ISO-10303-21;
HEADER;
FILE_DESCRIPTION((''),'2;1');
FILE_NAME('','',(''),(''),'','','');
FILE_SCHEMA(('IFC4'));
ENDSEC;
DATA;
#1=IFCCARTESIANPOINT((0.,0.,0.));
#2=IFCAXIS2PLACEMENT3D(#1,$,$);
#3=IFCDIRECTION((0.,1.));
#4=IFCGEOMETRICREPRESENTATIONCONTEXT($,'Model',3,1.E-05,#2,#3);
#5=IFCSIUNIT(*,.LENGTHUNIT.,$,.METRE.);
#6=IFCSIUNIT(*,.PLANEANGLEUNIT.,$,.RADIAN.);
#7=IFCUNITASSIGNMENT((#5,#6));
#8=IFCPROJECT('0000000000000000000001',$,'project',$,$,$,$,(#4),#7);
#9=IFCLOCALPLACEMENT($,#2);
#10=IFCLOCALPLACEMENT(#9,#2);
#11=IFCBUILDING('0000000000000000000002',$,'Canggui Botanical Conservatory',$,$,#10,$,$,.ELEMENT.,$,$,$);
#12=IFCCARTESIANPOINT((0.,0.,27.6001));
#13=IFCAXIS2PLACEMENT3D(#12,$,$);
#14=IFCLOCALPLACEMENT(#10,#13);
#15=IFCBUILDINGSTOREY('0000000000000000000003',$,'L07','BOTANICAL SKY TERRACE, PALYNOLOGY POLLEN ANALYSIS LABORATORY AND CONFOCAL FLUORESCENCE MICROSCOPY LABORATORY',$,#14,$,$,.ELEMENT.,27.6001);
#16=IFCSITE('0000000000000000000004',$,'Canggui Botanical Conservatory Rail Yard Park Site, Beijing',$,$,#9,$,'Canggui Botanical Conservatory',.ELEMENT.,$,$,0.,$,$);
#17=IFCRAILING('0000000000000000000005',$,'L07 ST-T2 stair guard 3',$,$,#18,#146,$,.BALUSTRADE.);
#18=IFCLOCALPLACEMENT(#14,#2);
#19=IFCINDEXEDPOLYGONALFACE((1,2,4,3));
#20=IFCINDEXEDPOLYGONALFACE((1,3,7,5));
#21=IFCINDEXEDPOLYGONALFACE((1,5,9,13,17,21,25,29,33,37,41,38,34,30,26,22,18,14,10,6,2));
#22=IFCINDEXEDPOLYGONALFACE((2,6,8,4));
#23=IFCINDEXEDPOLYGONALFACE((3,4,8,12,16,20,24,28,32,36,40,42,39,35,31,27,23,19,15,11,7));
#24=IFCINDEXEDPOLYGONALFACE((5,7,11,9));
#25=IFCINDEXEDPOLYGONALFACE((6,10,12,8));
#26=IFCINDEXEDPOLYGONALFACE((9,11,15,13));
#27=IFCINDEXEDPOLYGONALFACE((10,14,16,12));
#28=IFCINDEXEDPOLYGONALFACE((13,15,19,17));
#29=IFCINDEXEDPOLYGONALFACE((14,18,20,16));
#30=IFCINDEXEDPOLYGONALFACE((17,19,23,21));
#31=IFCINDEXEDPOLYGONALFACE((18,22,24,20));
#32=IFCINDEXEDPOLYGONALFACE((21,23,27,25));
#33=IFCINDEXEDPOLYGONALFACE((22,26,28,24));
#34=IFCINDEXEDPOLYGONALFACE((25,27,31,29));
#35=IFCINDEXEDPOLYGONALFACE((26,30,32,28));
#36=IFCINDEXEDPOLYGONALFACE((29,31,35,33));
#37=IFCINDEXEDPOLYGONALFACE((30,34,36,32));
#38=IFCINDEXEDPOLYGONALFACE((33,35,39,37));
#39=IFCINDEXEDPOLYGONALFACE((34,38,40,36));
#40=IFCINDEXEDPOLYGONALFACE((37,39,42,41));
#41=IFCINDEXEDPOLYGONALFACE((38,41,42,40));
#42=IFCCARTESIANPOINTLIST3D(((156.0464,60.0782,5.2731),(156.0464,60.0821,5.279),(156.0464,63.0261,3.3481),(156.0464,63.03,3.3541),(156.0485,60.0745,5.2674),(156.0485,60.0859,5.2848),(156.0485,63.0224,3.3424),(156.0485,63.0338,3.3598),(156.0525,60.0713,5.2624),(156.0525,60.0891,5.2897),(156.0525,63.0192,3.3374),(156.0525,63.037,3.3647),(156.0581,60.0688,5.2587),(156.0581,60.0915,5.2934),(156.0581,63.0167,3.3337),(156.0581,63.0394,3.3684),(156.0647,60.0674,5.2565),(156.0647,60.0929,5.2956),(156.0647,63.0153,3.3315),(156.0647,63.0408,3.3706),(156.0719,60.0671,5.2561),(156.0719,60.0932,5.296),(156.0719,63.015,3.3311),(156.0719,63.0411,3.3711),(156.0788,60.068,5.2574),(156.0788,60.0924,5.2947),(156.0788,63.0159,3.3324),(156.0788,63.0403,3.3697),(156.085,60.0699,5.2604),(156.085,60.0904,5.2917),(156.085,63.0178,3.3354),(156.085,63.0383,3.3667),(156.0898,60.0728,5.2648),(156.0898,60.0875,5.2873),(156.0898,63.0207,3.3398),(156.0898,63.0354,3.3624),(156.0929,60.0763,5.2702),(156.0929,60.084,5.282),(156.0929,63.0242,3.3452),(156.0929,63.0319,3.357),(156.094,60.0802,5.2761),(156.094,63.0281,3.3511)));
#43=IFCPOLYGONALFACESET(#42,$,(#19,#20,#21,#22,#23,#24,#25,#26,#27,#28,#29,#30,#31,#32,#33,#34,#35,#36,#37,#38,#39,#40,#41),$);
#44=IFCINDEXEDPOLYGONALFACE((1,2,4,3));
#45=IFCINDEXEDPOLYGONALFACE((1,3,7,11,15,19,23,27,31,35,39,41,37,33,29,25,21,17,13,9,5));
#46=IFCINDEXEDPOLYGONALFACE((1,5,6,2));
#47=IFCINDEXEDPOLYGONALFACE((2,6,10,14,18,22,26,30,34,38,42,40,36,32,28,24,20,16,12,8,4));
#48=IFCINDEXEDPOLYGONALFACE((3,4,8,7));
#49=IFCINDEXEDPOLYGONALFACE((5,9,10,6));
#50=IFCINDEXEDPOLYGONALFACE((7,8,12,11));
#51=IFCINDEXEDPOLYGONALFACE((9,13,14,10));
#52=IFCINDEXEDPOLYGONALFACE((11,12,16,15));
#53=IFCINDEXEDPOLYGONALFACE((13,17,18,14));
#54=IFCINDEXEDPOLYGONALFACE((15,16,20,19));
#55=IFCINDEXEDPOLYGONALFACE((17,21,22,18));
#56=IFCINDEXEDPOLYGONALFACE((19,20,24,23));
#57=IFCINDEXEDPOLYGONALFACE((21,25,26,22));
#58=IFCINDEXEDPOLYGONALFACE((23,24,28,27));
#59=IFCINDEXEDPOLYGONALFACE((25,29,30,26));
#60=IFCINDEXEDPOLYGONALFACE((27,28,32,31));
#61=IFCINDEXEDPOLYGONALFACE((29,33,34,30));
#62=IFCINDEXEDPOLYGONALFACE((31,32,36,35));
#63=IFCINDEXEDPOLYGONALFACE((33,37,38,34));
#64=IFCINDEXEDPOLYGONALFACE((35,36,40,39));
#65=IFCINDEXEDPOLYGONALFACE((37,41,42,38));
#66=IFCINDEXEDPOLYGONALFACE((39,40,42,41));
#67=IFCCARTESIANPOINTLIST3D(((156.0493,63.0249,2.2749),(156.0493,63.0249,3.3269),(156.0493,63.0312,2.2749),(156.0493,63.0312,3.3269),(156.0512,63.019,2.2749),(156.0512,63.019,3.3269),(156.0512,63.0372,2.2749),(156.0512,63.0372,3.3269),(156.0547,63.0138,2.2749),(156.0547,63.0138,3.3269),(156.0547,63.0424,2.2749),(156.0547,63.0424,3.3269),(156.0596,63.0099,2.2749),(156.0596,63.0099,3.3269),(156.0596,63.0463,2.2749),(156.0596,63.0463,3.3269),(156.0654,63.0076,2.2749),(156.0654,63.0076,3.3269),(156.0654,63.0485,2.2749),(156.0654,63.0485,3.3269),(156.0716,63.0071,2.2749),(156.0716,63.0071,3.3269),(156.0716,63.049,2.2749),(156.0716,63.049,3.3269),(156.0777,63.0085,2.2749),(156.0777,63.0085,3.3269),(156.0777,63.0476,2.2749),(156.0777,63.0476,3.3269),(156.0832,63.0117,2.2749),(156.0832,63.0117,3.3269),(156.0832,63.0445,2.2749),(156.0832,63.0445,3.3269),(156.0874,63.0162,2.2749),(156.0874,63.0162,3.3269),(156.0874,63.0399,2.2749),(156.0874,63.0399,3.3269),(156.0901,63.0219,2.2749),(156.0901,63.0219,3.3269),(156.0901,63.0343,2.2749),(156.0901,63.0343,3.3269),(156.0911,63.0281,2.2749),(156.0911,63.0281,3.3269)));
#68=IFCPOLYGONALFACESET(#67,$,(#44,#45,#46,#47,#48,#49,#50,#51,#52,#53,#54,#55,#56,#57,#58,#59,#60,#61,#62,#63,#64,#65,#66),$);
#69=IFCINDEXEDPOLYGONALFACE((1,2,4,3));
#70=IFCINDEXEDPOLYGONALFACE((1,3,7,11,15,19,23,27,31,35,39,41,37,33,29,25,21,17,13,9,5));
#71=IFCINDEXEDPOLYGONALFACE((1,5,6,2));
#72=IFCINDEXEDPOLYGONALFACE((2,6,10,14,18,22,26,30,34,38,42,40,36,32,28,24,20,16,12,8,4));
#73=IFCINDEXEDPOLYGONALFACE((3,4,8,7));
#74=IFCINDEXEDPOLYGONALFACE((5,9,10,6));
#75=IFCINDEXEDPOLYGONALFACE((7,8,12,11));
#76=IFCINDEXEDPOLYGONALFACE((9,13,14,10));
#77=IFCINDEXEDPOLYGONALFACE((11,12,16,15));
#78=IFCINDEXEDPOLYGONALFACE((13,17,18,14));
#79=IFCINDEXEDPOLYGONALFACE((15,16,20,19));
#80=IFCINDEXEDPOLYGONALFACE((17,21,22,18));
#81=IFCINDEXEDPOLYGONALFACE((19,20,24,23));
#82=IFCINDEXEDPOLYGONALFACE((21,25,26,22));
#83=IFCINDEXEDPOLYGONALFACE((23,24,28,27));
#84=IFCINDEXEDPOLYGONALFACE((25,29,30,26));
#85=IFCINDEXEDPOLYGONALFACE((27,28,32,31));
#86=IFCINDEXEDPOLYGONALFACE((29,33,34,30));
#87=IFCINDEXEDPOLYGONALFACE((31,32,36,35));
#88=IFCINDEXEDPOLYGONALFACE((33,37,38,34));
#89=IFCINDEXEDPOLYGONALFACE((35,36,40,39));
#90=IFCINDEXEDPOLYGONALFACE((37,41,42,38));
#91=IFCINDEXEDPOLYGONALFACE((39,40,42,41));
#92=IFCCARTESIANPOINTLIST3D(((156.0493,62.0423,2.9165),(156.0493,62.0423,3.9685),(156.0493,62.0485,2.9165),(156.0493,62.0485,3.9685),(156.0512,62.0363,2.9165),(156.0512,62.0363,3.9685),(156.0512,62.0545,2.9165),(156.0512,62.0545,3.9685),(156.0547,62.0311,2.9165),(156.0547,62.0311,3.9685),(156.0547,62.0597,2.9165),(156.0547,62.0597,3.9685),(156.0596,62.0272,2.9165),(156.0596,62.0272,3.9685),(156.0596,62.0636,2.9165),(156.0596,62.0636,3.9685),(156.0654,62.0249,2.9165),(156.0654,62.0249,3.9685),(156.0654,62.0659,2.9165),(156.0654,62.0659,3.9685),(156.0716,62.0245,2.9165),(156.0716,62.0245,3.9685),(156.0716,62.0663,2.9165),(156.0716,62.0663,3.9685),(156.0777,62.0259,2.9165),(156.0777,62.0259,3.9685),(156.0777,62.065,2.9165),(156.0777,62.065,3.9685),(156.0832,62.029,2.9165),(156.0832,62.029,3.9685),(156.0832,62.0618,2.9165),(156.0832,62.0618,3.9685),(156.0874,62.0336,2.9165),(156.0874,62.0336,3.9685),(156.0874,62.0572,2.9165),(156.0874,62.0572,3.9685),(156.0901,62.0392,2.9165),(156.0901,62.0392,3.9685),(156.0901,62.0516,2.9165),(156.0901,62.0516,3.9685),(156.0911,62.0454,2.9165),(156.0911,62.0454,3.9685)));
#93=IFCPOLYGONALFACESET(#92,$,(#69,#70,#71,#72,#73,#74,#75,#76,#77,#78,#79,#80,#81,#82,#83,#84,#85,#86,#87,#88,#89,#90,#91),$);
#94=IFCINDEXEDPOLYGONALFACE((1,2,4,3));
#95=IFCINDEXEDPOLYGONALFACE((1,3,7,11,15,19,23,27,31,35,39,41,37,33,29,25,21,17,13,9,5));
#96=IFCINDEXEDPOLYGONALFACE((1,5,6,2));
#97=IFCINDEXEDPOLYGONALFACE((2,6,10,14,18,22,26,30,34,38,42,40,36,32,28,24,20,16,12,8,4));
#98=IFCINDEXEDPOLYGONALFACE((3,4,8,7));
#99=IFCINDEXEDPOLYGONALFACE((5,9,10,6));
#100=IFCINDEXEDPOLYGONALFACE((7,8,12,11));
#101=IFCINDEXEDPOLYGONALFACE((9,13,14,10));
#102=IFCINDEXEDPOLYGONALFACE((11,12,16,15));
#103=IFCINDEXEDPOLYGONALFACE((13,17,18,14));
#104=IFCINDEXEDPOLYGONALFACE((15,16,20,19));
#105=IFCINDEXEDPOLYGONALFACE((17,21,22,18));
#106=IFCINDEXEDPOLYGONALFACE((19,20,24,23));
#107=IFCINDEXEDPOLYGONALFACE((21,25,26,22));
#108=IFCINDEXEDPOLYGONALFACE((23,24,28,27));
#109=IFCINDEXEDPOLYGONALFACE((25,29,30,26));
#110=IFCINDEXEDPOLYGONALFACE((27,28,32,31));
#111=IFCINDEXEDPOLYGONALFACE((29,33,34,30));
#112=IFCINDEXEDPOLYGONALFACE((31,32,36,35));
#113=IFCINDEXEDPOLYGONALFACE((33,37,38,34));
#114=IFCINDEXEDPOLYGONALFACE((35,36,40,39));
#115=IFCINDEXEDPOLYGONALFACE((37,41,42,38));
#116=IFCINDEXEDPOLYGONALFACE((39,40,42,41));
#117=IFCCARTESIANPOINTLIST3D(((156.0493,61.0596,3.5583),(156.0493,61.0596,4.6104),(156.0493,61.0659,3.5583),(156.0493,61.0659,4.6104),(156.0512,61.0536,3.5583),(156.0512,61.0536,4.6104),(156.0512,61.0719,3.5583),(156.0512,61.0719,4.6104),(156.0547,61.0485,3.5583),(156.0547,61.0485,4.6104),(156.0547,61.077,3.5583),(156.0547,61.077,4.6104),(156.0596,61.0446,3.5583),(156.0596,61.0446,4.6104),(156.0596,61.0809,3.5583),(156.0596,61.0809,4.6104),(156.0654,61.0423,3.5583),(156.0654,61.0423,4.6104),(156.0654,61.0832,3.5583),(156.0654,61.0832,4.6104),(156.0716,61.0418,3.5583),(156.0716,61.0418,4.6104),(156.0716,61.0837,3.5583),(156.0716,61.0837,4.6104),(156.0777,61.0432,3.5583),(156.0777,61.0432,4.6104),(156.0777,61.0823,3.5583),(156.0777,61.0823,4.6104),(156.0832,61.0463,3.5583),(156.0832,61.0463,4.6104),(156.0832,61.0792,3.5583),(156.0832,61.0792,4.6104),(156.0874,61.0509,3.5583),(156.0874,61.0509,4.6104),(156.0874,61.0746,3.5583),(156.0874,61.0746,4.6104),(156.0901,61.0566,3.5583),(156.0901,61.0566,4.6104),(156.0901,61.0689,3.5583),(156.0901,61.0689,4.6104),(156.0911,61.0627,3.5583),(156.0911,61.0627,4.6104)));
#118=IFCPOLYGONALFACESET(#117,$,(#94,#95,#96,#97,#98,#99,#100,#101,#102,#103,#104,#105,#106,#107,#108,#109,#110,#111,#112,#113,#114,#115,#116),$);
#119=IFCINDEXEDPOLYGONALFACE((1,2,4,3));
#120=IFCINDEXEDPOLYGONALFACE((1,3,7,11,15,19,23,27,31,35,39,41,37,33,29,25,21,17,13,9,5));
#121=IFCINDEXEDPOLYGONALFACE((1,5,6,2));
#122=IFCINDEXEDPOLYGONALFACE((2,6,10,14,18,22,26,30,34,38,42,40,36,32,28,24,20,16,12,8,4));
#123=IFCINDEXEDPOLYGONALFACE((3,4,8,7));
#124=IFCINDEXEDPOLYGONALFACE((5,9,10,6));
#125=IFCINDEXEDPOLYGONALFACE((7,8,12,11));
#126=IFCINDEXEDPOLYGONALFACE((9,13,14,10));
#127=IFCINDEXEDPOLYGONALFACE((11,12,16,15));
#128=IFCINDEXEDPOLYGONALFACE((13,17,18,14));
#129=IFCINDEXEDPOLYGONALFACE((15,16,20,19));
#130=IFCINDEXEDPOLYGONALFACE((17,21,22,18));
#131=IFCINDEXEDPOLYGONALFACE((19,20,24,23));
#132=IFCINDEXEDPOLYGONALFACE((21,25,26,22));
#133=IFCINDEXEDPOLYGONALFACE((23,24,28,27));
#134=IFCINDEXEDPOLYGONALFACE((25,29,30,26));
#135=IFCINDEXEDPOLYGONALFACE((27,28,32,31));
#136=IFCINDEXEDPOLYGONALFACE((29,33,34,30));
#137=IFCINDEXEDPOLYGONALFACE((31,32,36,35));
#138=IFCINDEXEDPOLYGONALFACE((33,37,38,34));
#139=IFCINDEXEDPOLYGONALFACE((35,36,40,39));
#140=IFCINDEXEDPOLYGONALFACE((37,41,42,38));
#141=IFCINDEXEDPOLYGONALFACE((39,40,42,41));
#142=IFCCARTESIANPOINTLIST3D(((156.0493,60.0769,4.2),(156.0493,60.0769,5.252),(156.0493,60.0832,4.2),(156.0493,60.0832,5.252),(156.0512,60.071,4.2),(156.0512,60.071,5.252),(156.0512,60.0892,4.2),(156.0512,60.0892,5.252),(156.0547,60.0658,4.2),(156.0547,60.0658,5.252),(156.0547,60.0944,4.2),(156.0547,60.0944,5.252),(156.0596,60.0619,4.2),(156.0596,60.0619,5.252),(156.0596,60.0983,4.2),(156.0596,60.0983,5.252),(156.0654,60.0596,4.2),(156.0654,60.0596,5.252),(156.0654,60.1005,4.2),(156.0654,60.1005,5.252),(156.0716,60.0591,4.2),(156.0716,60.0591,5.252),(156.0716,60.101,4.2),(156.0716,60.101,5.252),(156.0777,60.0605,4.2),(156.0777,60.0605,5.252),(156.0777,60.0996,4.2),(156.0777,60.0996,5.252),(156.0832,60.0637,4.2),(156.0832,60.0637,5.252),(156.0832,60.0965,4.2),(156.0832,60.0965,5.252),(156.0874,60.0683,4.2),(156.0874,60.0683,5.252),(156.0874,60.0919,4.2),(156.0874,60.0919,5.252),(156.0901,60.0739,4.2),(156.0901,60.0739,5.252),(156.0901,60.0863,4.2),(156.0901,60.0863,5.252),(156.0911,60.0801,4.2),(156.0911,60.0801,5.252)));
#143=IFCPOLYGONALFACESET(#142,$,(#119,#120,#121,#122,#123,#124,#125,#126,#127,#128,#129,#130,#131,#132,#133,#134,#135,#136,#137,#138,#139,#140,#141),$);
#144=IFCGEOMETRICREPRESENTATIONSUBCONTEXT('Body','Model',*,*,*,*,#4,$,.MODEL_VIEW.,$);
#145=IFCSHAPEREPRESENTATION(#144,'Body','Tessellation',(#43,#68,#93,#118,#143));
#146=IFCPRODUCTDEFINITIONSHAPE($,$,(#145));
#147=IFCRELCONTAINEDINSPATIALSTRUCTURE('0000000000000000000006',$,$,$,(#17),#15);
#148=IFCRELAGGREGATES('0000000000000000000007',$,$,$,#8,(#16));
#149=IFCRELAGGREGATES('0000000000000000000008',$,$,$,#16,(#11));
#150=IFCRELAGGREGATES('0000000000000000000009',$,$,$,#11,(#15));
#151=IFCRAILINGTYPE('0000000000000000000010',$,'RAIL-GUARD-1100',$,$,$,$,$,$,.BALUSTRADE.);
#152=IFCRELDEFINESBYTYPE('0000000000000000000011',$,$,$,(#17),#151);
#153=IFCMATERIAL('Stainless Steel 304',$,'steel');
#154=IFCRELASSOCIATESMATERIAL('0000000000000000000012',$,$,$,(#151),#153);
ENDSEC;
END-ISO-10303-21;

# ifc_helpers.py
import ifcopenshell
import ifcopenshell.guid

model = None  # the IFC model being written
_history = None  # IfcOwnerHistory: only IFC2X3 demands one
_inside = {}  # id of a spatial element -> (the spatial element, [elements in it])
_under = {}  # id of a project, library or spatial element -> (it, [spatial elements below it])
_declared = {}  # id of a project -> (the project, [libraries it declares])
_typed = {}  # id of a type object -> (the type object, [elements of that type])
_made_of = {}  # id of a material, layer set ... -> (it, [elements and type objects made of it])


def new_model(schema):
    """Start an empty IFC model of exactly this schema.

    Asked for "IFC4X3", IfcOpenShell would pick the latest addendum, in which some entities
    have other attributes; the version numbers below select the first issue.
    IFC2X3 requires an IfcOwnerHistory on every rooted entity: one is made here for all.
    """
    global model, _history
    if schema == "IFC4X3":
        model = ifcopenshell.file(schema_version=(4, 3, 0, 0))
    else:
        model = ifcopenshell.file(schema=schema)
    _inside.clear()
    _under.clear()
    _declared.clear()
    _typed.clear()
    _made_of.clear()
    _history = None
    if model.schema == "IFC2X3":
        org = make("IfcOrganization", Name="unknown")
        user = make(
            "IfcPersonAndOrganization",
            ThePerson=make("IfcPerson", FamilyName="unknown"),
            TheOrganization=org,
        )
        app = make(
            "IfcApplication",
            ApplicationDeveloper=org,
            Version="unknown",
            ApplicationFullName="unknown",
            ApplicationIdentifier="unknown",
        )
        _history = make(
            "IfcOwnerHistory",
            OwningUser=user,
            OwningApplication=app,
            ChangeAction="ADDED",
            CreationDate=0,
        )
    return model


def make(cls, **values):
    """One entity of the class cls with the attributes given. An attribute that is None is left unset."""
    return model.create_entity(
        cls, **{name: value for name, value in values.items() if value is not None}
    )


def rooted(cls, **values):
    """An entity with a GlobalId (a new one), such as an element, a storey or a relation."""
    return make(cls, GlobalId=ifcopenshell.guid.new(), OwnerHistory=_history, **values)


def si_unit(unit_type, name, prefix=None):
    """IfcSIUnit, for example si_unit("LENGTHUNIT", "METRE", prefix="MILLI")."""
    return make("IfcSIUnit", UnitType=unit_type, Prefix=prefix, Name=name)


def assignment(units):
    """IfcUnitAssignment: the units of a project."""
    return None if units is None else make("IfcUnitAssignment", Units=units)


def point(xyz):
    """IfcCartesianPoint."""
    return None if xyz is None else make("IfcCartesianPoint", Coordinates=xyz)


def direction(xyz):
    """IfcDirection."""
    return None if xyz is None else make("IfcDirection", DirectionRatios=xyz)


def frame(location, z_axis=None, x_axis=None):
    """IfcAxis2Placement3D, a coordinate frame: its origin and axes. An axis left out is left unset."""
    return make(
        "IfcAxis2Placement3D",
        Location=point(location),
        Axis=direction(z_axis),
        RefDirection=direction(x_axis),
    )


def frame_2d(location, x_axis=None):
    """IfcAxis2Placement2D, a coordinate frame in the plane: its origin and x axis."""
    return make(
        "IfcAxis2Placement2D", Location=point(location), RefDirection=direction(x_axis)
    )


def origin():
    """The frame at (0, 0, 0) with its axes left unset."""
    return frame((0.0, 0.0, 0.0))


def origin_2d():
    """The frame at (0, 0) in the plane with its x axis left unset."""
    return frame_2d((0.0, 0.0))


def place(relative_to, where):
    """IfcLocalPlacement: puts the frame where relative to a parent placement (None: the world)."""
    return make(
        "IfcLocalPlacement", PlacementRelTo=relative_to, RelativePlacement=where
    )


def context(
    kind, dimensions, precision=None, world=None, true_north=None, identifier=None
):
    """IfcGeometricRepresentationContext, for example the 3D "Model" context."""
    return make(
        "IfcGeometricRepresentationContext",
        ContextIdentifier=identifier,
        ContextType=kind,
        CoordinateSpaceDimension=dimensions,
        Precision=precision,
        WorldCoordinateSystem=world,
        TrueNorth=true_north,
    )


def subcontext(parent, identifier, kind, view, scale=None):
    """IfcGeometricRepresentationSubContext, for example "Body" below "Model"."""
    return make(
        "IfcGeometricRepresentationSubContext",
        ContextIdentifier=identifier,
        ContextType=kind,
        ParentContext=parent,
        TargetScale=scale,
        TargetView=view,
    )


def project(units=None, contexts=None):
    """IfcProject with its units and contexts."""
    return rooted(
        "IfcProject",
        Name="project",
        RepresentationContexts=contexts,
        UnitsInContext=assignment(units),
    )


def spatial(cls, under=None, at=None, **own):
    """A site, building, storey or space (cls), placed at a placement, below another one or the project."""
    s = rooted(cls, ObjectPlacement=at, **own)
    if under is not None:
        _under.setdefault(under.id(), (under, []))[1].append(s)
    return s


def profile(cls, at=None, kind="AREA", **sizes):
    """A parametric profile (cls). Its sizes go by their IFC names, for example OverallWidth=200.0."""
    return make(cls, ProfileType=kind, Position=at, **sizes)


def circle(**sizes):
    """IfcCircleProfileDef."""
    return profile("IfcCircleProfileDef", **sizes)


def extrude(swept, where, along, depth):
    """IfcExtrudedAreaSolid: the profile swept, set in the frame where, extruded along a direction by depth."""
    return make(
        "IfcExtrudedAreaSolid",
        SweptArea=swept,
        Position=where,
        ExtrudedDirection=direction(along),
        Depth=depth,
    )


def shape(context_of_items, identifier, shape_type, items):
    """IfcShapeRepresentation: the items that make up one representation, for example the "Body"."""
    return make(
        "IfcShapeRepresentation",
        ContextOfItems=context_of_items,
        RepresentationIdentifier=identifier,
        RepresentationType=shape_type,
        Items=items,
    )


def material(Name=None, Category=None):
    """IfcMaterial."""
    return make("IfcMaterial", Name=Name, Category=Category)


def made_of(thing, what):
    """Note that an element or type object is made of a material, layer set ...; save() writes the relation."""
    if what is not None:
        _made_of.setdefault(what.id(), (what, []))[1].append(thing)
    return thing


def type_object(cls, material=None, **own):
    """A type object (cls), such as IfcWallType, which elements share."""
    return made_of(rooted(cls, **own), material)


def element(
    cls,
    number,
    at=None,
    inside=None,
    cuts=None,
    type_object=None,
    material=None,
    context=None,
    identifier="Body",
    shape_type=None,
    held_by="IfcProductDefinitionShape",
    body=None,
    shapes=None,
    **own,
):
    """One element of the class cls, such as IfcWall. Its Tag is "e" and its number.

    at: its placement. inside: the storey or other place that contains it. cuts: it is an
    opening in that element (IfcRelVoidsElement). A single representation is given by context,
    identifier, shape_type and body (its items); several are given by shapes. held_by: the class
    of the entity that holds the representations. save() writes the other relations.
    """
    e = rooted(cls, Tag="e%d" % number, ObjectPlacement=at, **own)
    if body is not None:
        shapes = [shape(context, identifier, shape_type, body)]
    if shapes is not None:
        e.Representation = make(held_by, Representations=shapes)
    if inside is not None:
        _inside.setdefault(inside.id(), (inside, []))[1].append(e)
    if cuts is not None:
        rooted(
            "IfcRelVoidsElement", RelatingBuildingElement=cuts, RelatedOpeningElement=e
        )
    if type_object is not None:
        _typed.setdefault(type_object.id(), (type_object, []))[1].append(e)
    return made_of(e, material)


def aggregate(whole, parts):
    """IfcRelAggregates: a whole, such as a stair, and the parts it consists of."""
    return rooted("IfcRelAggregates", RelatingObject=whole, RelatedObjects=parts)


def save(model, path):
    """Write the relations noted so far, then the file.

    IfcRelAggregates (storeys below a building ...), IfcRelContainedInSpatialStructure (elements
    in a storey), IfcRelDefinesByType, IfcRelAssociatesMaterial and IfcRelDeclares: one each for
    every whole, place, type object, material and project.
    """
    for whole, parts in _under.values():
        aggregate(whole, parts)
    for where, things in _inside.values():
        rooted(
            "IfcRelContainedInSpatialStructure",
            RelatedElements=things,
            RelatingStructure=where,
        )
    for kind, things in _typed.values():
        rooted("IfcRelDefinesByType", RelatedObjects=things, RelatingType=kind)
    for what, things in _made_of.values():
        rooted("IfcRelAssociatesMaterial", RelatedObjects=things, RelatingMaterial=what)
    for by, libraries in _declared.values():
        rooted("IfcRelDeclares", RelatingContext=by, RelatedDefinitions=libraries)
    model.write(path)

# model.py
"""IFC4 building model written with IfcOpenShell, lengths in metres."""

from ifc_helpers import new_model, si_unit, direction, frame, origin, origin_2d, place, context, subcontext, project, spatial, circle, extrude, material, type_object, element, save


model = new_model("IFC4")

# Units and contexts
model_context = context("Model", 3, precision=1e-05, world=origin(), true_north=direction((0.0, 1.0)))
body_context = subcontext(model_context, "Body", "Model", "MODEL_VIEW")
ifc_project = project(units=[si_unit("LENGTHUNIT", "METRE"), si_unit("PLANEANGLEUNIT", "RADIAN")], contexts=[model_context])

# Site, building, storey
site_placement = place(None, origin())
site = spatial("IfcSite", under=ifc_project, at=site_placement, Name="Canggui Botanical Conservatory Rail Yard Park Site, Beijing", LongName="Canggui Botanical Conservatory", CompositionType="ELEMENT", RefElevation=0.0)
building_placement = place(site_placement, origin())
building = spatial("IfcBuilding", under=site, at=building_placement, Name="Canggui Botanical Conservatory", CompositionType="ELEMENT")
storey_placement = place(building_placement, frame((0.0, 0.0, 27.6001)))
storey = spatial("IfcBuildingStorey", under=building, at=storey_placement, Name="L07", Description="BOTANICAL SKY TERRACE, PALYNOLOGY POLLEN ANALYSIS LABORATORY AND CONFOCAL FLUORESCENCE MICROSCOPY LABORATORY", CompositionType="ELEMENT", Elevation=27.6001)

# Railing
ifc_material_1 = material(Name="Stainless Steel 304", Category="steel")
railing_type_1 = type_object("IfcRailingType", Name="RAIL-GUARD-1100", PredefinedType="BALUSTRADE", material=ifc_material_1)
railing_1_placement = place(storey_placement, frame((156.0701, 63.0281, 2.2749)))
element("IfcRailing", 1, at=railing_1_placement, inside=storey, type_object=railing_type_1, Name="L07 ST-T2 stair guard 3", PredefinedType="BALUSTRADE", context=body_context, shape_type="SweptSolid", body=[
    extrude(circle(Radius=0.0239, at=origin_2d()), frame((0.0, 0.0, 1.0762), z_axis=(0.0, -0.837293, 0.546754), x_axis=(1.0, 0.0, 0.0)), (0.0, 0.0, 1.0), 3.5208),
    extrude(circle(Radius=0.021, at=origin_2d()), origin(), (0.0, 0.0, 1.0), 1.052),
    extrude(circle(Radius=0.021, at=origin_2d()), frame((0.0, -0.9827, 0.6416)), (0.0, 0.0, 1.0), 1.052),
    extrude(circle(Radius=0.021, at=origin_2d()), frame((0.0, -1.9653, 1.2834)), (0.0, 0.0, 1.0), 1.052),
    extrude(circle(Radius=0.021, at=origin_2d()), frame((0.0, -2.948, 1.925)), (0.0, 0.0, 1.0), 1.052),
])

save(model, "model.ifc")
